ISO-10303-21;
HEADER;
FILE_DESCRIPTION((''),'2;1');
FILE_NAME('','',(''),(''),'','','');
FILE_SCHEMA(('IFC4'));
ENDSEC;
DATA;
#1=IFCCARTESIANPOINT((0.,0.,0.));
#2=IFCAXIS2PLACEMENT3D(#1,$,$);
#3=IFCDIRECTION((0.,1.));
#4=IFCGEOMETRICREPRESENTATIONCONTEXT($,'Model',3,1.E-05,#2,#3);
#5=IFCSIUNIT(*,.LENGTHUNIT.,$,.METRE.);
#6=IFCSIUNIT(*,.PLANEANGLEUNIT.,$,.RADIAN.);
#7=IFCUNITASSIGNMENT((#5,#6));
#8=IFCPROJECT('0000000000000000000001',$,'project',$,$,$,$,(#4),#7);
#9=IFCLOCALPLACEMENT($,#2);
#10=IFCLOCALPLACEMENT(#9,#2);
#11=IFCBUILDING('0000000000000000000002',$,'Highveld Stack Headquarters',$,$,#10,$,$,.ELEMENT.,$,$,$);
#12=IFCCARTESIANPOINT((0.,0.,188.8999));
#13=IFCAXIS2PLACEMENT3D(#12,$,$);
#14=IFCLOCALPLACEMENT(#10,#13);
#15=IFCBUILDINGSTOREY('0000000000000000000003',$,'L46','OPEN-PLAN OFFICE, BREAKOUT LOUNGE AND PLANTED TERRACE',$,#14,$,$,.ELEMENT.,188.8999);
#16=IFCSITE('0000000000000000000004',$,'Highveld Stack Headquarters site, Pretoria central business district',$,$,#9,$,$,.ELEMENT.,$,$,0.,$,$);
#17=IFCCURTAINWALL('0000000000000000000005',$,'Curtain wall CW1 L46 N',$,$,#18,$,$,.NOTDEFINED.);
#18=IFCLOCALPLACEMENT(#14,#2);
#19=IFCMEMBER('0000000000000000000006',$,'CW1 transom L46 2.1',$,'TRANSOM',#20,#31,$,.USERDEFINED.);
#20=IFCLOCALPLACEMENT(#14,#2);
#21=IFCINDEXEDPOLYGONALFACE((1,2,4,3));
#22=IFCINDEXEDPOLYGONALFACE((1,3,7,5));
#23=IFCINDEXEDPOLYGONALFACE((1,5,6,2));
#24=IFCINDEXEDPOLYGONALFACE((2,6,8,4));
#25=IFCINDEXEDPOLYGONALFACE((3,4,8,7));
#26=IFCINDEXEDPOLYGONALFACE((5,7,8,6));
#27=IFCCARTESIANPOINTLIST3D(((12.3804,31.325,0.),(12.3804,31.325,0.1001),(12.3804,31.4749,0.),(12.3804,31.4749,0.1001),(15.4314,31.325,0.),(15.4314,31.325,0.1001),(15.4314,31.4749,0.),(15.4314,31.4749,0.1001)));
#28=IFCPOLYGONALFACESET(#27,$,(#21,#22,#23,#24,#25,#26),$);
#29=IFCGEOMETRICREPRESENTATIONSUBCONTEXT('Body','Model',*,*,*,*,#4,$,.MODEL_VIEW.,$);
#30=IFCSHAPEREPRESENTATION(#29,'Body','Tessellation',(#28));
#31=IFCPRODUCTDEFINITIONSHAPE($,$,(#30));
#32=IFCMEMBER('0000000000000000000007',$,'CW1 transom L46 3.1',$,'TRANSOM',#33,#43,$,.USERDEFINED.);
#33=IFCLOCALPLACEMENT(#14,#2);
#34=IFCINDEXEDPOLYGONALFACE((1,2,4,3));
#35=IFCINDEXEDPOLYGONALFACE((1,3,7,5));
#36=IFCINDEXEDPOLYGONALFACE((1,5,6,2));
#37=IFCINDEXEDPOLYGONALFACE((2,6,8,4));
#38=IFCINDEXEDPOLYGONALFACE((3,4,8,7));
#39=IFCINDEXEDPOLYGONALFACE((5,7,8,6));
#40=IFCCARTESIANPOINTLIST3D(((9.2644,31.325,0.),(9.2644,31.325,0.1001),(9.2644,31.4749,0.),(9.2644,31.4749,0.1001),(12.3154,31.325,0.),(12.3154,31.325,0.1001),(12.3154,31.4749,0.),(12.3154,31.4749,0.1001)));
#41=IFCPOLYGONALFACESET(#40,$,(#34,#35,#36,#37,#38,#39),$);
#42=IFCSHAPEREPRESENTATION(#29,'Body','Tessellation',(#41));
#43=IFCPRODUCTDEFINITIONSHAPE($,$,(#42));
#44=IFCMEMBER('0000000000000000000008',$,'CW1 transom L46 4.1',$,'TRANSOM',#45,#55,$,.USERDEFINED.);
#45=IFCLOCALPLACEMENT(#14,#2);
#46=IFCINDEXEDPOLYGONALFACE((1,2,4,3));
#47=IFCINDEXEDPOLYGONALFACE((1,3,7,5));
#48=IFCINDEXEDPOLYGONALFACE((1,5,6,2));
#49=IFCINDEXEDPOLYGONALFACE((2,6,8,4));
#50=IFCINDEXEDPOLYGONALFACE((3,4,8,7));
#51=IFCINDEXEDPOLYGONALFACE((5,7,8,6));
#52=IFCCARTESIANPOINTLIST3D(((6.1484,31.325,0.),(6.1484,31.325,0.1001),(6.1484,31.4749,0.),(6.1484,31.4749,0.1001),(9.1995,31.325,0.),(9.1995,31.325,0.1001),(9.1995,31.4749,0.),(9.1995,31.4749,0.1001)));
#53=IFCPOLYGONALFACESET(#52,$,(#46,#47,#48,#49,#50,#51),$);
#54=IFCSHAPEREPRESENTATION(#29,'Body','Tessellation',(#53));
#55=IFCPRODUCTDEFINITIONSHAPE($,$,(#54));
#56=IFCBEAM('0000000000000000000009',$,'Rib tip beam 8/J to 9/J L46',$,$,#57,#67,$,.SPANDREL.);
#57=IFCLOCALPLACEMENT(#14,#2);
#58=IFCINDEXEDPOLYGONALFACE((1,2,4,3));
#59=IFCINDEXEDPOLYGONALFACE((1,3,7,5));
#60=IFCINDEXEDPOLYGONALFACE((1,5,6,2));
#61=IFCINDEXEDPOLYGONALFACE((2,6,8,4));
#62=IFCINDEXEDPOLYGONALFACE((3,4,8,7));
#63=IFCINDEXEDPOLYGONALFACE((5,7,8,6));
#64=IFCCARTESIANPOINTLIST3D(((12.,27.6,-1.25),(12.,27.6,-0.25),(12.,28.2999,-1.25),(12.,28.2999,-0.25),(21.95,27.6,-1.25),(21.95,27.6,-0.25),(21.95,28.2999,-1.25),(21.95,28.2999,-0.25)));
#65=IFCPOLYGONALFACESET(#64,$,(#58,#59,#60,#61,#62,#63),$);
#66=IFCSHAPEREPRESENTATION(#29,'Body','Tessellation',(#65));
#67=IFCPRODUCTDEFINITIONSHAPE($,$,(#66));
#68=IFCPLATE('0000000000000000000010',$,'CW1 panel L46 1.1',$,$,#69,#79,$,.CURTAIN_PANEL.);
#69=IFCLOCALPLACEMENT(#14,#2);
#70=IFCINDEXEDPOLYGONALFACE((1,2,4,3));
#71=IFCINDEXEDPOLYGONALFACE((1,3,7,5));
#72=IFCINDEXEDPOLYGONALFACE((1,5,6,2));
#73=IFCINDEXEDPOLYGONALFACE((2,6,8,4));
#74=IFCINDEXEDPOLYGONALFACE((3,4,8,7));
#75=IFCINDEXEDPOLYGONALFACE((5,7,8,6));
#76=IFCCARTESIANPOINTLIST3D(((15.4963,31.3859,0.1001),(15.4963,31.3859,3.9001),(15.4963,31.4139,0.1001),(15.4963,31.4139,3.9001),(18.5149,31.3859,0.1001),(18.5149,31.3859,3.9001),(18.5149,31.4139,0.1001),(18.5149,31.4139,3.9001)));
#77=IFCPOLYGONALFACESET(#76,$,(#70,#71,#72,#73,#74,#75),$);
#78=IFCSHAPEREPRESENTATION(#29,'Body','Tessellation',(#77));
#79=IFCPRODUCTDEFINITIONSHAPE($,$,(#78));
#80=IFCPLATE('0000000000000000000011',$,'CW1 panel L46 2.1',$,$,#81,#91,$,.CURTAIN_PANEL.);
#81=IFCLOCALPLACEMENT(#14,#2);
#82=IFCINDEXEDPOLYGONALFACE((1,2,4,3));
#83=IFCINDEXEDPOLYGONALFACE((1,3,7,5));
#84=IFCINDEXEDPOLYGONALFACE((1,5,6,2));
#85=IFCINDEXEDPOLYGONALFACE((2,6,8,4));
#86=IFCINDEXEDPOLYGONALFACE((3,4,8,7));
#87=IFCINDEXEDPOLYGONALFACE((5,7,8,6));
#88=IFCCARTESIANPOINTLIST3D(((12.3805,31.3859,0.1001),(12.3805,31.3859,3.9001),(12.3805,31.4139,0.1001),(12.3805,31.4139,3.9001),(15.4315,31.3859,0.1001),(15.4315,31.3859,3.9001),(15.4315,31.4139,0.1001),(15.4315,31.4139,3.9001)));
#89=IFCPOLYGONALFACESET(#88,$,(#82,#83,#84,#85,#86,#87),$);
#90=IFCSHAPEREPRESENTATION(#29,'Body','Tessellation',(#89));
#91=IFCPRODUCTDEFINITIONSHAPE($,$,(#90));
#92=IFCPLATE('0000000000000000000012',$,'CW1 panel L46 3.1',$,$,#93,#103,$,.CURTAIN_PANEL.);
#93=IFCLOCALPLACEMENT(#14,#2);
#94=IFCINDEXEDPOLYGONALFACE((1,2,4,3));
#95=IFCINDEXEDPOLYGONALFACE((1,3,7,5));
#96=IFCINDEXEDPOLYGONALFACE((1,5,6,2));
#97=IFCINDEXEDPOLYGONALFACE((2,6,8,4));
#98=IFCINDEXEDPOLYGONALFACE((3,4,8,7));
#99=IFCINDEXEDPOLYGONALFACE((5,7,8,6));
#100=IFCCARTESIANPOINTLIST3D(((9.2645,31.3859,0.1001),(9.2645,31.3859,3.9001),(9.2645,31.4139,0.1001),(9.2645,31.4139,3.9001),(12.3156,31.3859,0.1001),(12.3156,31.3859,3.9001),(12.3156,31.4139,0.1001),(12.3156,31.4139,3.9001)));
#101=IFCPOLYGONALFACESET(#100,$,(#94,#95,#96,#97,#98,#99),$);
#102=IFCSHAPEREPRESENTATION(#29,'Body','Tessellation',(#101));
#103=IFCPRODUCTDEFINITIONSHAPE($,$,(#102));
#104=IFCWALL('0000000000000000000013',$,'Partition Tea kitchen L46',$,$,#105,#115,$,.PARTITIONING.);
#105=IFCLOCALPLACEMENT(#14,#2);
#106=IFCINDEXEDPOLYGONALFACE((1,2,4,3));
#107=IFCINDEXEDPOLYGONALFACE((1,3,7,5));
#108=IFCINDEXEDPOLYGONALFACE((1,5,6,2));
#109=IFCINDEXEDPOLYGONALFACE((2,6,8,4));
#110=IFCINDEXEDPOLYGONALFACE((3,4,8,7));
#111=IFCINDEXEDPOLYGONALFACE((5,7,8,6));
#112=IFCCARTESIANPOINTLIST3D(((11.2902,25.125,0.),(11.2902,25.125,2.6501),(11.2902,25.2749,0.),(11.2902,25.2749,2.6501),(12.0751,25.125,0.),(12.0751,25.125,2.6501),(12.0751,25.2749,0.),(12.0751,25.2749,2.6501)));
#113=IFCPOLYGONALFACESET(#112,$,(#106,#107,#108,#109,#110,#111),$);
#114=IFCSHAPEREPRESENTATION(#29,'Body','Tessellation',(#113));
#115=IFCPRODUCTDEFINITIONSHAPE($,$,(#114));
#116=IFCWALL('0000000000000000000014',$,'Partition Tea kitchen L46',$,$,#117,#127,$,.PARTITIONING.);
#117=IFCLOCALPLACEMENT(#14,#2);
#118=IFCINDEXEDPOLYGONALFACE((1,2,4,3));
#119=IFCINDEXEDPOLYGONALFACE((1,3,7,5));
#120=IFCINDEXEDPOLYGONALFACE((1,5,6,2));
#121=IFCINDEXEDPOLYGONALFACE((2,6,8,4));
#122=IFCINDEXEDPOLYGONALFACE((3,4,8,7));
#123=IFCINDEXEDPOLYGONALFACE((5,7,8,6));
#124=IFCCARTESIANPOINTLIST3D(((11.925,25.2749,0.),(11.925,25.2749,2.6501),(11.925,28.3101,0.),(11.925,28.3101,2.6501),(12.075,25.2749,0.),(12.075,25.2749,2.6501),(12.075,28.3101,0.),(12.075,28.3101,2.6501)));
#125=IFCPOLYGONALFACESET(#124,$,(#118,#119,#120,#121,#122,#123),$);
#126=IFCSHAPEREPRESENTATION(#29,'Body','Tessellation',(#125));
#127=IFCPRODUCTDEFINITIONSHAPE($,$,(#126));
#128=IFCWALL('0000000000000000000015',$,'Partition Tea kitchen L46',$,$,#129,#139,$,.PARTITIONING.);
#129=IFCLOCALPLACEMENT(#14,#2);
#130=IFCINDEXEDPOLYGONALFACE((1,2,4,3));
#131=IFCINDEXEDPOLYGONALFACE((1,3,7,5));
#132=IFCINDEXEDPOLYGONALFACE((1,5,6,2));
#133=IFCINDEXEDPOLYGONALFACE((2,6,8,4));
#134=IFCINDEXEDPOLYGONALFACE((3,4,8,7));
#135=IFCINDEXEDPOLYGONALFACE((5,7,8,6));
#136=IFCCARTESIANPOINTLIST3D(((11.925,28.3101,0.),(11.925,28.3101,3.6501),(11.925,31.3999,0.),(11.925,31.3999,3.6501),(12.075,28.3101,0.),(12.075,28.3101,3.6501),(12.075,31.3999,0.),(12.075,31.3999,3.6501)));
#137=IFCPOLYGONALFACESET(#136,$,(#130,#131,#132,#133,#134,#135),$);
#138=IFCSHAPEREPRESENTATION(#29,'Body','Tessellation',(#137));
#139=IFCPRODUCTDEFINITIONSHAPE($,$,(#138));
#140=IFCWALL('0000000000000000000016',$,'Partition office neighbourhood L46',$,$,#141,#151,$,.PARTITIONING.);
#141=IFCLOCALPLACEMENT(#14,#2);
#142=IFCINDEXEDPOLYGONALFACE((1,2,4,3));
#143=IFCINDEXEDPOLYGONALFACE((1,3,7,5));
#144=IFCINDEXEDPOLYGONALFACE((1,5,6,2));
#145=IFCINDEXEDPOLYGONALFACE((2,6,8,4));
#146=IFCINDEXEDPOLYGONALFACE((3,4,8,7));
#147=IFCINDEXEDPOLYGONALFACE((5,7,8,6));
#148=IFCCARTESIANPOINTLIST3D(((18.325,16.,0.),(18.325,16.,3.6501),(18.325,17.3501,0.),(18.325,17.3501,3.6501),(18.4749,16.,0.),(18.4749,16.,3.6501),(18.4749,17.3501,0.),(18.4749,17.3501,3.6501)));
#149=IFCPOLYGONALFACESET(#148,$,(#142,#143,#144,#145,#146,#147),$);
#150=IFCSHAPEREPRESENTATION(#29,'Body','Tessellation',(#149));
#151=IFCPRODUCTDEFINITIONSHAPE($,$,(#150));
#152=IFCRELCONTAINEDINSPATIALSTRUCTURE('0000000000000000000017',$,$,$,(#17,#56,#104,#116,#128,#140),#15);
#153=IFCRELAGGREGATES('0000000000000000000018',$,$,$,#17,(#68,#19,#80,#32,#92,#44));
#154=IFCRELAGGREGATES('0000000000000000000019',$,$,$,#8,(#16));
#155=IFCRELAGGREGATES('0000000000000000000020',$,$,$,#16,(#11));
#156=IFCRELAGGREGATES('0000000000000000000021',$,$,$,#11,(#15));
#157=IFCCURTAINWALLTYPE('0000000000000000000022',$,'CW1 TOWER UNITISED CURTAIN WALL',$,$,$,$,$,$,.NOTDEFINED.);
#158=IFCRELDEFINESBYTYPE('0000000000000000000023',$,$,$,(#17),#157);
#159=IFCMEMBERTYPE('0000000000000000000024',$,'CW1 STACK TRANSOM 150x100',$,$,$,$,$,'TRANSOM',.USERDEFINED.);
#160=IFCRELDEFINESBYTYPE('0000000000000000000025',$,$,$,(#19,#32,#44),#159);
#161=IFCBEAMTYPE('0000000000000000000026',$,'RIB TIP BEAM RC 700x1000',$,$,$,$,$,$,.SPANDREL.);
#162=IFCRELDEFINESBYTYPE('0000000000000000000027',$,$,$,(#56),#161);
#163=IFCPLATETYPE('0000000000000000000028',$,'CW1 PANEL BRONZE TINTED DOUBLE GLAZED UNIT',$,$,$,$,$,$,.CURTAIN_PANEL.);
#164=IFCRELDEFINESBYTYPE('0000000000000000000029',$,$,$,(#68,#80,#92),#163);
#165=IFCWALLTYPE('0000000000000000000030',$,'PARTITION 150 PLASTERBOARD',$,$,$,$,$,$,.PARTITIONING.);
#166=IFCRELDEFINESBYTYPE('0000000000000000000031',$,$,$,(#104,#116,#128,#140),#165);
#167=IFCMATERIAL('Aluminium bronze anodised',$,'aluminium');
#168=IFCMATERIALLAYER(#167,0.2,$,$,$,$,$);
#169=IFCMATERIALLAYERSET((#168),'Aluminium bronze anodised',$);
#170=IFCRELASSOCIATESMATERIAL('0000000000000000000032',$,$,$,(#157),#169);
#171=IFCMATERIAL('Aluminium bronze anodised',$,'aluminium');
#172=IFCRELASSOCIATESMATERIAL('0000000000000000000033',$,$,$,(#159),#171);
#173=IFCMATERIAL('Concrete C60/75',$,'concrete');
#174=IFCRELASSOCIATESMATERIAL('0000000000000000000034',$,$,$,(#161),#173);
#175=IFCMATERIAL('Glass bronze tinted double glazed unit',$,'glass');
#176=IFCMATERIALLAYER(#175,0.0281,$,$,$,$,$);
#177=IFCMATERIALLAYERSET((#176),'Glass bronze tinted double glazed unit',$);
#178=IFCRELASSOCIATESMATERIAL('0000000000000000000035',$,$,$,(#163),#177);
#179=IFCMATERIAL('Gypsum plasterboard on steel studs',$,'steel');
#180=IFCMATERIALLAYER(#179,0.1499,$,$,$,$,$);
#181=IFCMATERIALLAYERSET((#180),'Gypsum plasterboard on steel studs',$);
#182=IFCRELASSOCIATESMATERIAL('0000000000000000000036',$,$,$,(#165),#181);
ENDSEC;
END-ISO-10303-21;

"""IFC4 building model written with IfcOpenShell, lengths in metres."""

from ifc_helpers import new_model, si_unit, direction, frame, frame_2d, origin, origin_2d, place, context, subcontext, project, spatial, rectangle, extrude, material, layer, layer_set, material_profile, profile_set, type_object, element, aggregate, save


model = new_model("IFC4")

# Units and contexts
model_context = context("Model", 3, precision=1e-05, world=origin(), true_north=direction((0.0, 1.0)))
body_context = subcontext(model_context, "Body", "Model", "MODEL_VIEW")
ifc_project = project(units=[si_unit("LENGTHUNIT", "METRE"), si_unit("PLANEANGLEUNIT", "RADIAN")], contexts=[model_context])

# Site, building, storey
site_placement = place(None, origin())
site = spatial("IfcSite", under=ifc_project, at=site_placement, Name="Highveld Stack Headquarters site, Pretoria central business district", CompositionType="ELEMENT", RefElevation=0.0)
building_placement = place(site_placement, origin())
building = spatial("IfcBuilding", under=site, at=building_placement, Name="Highveld Stack Headquarters", CompositionType="ELEMENT")
storey_placement = place(building_placement, frame((0.0, 0.0, 188.8999)))
storey = spatial("IfcBuildingStorey", under=building, at=storey_placement, Name="L46", Description="OPEN-PLAN OFFICE, BREAKOUT LOUNGE AND PLANTED TERRACE", CompositionType="ELEMENT", Elevation=188.8999)

# Curtain wall, members
ifc_material_1 = material(Name="Aluminium bronze anodised", Category="aluminium")
ifc_layer_1 = layer(ifc_material_1, 0.2)
ifc_layer_set_1 = layer_set([ifc_layer_1], Name="Aluminium bronze anodised")
curtain_wall_type = type_object("IfcCurtainWallType", Name="CW1 TOWER UNITISED CURTAIN WALL", PredefinedType="NOTDEFINED", material=ifc_layer_set_1)
curtain_wall_placement = place(storey_placement, origin())
curtain_wall = element("IfcCurtainWall", 1, at=curtain_wall_placement, inside=storey, type_object=curtain_wall_type, Name="Curtain wall CW1 L46 N", PredefinedType="NOTDEFINED")
ifc_material_2 = material(Name="Aluminium bronze anodised", Category="aluminium")
ifc_material_profile_1 = material_profile(ifc_material_2, rectangle(XDim=0.1499, YDim=0.1001, at=origin_2d()), Name="CW1 TRANSOM 150x100")
ifc_profile_set_1 = profile_set([ifc_material_profile_1], Name="Aluminium bronze anodised")
member_type_1 = type_object("IfcMemberType", Name="CW1 STACK TRANSOM 150x100", ElementType="TRANSOM", PredefinedType="USERDEFINED", material=ifc_profile_set_1)
member_1_placement = place(storey_placement, frame((15.4314, 31.3999, 0.05), z_axis=(-1.0, 0.0, 0.0), x_axis=(0.0, -1.0, 0.0)))
member_1 = element("IfcMember", 2, at=member_1_placement, type_object=member_type_1, Name="CW1 transom L46 2.1", ObjectType="TRANSOM", PredefinedType="USERDEFINED", context=body_context, shape_type="SweptSolid", body=[
    extrude(rectangle(XDim=0.1499, YDim=0.1001, at=origin_2d()), origin(), (0.0, 0.0, 1.0), 3.051),
])
member_2_placement = place(storey_placement, frame((12.3154, 31.3999, 0.05), z_axis=(-1.0, 0.0, 0.0), x_axis=(0.0, -1.0, 0.0)))
member_2 = element("IfcMember", 3, at=member_2_placement, type_object=member_type_1, Name="CW1 transom L46 3.1", ObjectType="TRANSOM", PredefinedType="USERDEFINED", context=body_context, shape_type="SweptSolid", body=[
    extrude(rectangle(XDim=0.1499, YDim=0.1001, at=origin_2d()), origin(), (0.0, 0.0, 1.0), 3.051),
])
member_3_placement = place(storey_placement, frame((9.1995, 31.3999, 0.05), z_axis=(-1.0, 0.0, 0.0), x_axis=(0.0, -1.0, 0.0)))
member_3 = element("IfcMember", 4, at=member_3_placement, type_object=member_type_1, Name="CW1 transom L46 4.1", ObjectType="TRANSOM", PredefinedType="USERDEFINED", context=body_context, shape_type="SweptSolid", body=[
    extrude(rectangle(XDim=0.1499, YDim=0.1001, at=origin_2d()), origin(), (0.0, 0.0, 1.0), 3.051),
])

# Beam
ifc_material_3 = material(Name="Concrete C60/75", Category="concrete")
ifc_material_profile_2 = material_profile(ifc_material_3, rectangle(XDim=0.7, YDim=1.0, at=origin_2d()), Name="RC 700x1000")
ifc_profile_set_2 = profile_set([ifc_material_profile_2], Name="Concrete C60/75")
beam_type_1 = type_object("IfcBeamType", Name="RIB TIP BEAM RC 700x1000", PredefinedType="SPANDREL", material=ifc_profile_set_2)
beam_1_placement = place(storey_placement, frame((12.0, 27.95, -0.75), z_axis=(1.0, 0.0, 0.0), x_axis=(0.0, 1.0, 0.0)))
element("IfcBeam", 5, at=beam_1_placement, inside=storey, type_object=beam_type_1, Name="Rib tip beam 8/J to 9/J L46", PredefinedType="SPANDREL", context=body_context, shape_type="SweptSolid", body=[
    extrude(rectangle(XDim=0.7, YDim=1.0, at=origin_2d()), origin(), (0.0, 0.0, 1.0), 9.95),
])

# Plates
ifc_material_4 = material(Name="Glass bronze tinted double glazed unit", Category="glass")
ifc_layer_2 = layer(ifc_material_4, 0.0281)
ifc_layer_set_2 = layer_set([ifc_layer_2], Name="Glass bronze tinted double glazed unit")
plate_type = type_object("IfcPlateType", Name="CW1 PANEL BRONZE TINTED DOUBLE GLAZED UNIT", PredefinedType="CURTAIN_PANEL", material=ifc_layer_set_2)
plate_1_placement = place(storey_placement, frame((17.0056, 31.3999, 0.1001), z_axis=(0.0, 0.0, 1.0), x_axis=(-1.0, 0.0, 0.0)))
plate_1 = element("IfcPlate", 6, at=plate_1_placement, type_object=plate_type, Name="CW1 panel L46 1.1", PredefinedType="CURTAIN_PANEL", context=body_context, shape_type="SweptSolid", body=[
    extrude(rectangle(XDim=3.0186, YDim=0.0281, at=origin_2d()), origin(), (0.0, 0.0, 1.0), 3.8),
])
plate_2_placement = place(storey_placement, frame((13.906, 31.3999, 0.1001), z_axis=(0.0, 0.0, 1.0), x_axis=(-1.0, 0.0, 0.0)))
plate_2 = element("IfcPlate", 7, at=plate_2_placement, type_object=plate_type, Name="CW1 panel L46 2.1", PredefinedType="CURTAIN_PANEL", context=body_context, shape_type="SweptSolid", body=[
    extrude(rectangle(XDim=3.051, YDim=0.0281, at=origin_2d()), origin(), (0.0, 0.0, 1.0), 3.8),
])
plate_3_placement = place(storey_placement, frame((10.79, 31.3999, 0.1001), z_axis=(0.0, 0.0, 1.0), x_axis=(-1.0, 0.0, 0.0)))
plate_3 = element("IfcPlate", 8, at=plate_3_placement, type_object=plate_type, Name="CW1 panel L46 3.1", PredefinedType="CURTAIN_PANEL", context=body_context, shape_type="SweptSolid", body=[
    extrude(rectangle(XDim=3.051, YDim=0.0281, at=origin_2d()), origin(), (0.0, 0.0, 1.0), 3.8),
])
aggregate(curtain_wall, [plate_1, member_1, plate_2, member_2, plate_3, member_3])

# Walls
ifc_material_5 = material(Name="Gypsum plasterboard on steel studs", Category="steel")
ifc_layer_3 = layer(ifc_material_5, 0.1499)
ifc_layer_set_3 = layer_set([ifc_layer_3], Name="Gypsum plasterboard on steel studs")
wall_type = type_object("IfcWallType", Name="PARTITION 150 PLASTERBOARD", PredefinedType="PARTITIONING", material=ifc_layer_set_3)
wall_1_placement = place(storey_placement, frame((11.29, 25.2, 0.0), z_axis=(0.0, 0.0, 1.0), x_axis=(1.0, 0.0, 0.0)))
element("IfcWall", 9, at=wall_1_placement, inside=storey, type_object=wall_type, Name="Partition Tea kitchen L46", PredefinedType="PARTITIONING", context=body_context, shape_type="SweptSolid", body=[
    extrude(rectangle(XDim=0.7849, YDim=0.1499, at=frame_2d((0.3926, 0.0))), origin(), (0.0, 0.0, 1.0), 2.6501),
])
wall_2_placement = place(storey_placement, frame((12.0, 25.2749, 0.0), z_axis=(0.0, 0.0, 1.0), x_axis=(0.0, 1.0, 0.0)))
element("IfcWall", 10, at=wall_2_placement, inside=storey, type_object=wall_type, Name="Partition Tea kitchen L46", PredefinedType="PARTITIONING", context=body_context, shape_type="SweptSolid", body=[
    extrude(rectangle(XDim=3.0352, YDim=0.1499, at=frame_2d((1.5176, 0.0))), origin(), (0.0, 0.0, 1.0), 2.6501),
])
wall_3_placement = place(storey_placement, frame((12.0, 28.3101, 0.0), z_axis=(0.0, 0.0, 1.0), x_axis=(0.0, 1.0, 0.0)))
element("IfcWall", 11, at=wall_3_placement, inside=storey, type_object=wall_type, Name="Partition Tea kitchen L46", PredefinedType="PARTITIONING", context=body_context, shape_type="SweptSolid", body=[
    extrude(rectangle(XDim=3.0898, YDim=0.1499, at=frame_2d((1.5449, 0.0))), origin(), (0.0, 0.0, 1.0), 3.6501),
])
wall_4_placement = place(storey_placement, frame((18.3999, 16.0, 0.0), z_axis=(0.0, 0.0, 1.0), x_axis=(0.0, 1.0, 0.0)))
element("IfcWall", 12, at=wall_4_placement, inside=storey, type_object=wall_type, Name="Partition office neighbourhood L46", PredefinedType="PARTITIONING", context=body_context, shape_type="SweptSolid", body=[
    extrude(rectangle(XDim=1.3501, YDim=0.1499, at=frame_2d((0.675, 0.0))), origin(), (0.0, 0.0, 1.0), 3.6501),
])

save(model, "model.ifc")
